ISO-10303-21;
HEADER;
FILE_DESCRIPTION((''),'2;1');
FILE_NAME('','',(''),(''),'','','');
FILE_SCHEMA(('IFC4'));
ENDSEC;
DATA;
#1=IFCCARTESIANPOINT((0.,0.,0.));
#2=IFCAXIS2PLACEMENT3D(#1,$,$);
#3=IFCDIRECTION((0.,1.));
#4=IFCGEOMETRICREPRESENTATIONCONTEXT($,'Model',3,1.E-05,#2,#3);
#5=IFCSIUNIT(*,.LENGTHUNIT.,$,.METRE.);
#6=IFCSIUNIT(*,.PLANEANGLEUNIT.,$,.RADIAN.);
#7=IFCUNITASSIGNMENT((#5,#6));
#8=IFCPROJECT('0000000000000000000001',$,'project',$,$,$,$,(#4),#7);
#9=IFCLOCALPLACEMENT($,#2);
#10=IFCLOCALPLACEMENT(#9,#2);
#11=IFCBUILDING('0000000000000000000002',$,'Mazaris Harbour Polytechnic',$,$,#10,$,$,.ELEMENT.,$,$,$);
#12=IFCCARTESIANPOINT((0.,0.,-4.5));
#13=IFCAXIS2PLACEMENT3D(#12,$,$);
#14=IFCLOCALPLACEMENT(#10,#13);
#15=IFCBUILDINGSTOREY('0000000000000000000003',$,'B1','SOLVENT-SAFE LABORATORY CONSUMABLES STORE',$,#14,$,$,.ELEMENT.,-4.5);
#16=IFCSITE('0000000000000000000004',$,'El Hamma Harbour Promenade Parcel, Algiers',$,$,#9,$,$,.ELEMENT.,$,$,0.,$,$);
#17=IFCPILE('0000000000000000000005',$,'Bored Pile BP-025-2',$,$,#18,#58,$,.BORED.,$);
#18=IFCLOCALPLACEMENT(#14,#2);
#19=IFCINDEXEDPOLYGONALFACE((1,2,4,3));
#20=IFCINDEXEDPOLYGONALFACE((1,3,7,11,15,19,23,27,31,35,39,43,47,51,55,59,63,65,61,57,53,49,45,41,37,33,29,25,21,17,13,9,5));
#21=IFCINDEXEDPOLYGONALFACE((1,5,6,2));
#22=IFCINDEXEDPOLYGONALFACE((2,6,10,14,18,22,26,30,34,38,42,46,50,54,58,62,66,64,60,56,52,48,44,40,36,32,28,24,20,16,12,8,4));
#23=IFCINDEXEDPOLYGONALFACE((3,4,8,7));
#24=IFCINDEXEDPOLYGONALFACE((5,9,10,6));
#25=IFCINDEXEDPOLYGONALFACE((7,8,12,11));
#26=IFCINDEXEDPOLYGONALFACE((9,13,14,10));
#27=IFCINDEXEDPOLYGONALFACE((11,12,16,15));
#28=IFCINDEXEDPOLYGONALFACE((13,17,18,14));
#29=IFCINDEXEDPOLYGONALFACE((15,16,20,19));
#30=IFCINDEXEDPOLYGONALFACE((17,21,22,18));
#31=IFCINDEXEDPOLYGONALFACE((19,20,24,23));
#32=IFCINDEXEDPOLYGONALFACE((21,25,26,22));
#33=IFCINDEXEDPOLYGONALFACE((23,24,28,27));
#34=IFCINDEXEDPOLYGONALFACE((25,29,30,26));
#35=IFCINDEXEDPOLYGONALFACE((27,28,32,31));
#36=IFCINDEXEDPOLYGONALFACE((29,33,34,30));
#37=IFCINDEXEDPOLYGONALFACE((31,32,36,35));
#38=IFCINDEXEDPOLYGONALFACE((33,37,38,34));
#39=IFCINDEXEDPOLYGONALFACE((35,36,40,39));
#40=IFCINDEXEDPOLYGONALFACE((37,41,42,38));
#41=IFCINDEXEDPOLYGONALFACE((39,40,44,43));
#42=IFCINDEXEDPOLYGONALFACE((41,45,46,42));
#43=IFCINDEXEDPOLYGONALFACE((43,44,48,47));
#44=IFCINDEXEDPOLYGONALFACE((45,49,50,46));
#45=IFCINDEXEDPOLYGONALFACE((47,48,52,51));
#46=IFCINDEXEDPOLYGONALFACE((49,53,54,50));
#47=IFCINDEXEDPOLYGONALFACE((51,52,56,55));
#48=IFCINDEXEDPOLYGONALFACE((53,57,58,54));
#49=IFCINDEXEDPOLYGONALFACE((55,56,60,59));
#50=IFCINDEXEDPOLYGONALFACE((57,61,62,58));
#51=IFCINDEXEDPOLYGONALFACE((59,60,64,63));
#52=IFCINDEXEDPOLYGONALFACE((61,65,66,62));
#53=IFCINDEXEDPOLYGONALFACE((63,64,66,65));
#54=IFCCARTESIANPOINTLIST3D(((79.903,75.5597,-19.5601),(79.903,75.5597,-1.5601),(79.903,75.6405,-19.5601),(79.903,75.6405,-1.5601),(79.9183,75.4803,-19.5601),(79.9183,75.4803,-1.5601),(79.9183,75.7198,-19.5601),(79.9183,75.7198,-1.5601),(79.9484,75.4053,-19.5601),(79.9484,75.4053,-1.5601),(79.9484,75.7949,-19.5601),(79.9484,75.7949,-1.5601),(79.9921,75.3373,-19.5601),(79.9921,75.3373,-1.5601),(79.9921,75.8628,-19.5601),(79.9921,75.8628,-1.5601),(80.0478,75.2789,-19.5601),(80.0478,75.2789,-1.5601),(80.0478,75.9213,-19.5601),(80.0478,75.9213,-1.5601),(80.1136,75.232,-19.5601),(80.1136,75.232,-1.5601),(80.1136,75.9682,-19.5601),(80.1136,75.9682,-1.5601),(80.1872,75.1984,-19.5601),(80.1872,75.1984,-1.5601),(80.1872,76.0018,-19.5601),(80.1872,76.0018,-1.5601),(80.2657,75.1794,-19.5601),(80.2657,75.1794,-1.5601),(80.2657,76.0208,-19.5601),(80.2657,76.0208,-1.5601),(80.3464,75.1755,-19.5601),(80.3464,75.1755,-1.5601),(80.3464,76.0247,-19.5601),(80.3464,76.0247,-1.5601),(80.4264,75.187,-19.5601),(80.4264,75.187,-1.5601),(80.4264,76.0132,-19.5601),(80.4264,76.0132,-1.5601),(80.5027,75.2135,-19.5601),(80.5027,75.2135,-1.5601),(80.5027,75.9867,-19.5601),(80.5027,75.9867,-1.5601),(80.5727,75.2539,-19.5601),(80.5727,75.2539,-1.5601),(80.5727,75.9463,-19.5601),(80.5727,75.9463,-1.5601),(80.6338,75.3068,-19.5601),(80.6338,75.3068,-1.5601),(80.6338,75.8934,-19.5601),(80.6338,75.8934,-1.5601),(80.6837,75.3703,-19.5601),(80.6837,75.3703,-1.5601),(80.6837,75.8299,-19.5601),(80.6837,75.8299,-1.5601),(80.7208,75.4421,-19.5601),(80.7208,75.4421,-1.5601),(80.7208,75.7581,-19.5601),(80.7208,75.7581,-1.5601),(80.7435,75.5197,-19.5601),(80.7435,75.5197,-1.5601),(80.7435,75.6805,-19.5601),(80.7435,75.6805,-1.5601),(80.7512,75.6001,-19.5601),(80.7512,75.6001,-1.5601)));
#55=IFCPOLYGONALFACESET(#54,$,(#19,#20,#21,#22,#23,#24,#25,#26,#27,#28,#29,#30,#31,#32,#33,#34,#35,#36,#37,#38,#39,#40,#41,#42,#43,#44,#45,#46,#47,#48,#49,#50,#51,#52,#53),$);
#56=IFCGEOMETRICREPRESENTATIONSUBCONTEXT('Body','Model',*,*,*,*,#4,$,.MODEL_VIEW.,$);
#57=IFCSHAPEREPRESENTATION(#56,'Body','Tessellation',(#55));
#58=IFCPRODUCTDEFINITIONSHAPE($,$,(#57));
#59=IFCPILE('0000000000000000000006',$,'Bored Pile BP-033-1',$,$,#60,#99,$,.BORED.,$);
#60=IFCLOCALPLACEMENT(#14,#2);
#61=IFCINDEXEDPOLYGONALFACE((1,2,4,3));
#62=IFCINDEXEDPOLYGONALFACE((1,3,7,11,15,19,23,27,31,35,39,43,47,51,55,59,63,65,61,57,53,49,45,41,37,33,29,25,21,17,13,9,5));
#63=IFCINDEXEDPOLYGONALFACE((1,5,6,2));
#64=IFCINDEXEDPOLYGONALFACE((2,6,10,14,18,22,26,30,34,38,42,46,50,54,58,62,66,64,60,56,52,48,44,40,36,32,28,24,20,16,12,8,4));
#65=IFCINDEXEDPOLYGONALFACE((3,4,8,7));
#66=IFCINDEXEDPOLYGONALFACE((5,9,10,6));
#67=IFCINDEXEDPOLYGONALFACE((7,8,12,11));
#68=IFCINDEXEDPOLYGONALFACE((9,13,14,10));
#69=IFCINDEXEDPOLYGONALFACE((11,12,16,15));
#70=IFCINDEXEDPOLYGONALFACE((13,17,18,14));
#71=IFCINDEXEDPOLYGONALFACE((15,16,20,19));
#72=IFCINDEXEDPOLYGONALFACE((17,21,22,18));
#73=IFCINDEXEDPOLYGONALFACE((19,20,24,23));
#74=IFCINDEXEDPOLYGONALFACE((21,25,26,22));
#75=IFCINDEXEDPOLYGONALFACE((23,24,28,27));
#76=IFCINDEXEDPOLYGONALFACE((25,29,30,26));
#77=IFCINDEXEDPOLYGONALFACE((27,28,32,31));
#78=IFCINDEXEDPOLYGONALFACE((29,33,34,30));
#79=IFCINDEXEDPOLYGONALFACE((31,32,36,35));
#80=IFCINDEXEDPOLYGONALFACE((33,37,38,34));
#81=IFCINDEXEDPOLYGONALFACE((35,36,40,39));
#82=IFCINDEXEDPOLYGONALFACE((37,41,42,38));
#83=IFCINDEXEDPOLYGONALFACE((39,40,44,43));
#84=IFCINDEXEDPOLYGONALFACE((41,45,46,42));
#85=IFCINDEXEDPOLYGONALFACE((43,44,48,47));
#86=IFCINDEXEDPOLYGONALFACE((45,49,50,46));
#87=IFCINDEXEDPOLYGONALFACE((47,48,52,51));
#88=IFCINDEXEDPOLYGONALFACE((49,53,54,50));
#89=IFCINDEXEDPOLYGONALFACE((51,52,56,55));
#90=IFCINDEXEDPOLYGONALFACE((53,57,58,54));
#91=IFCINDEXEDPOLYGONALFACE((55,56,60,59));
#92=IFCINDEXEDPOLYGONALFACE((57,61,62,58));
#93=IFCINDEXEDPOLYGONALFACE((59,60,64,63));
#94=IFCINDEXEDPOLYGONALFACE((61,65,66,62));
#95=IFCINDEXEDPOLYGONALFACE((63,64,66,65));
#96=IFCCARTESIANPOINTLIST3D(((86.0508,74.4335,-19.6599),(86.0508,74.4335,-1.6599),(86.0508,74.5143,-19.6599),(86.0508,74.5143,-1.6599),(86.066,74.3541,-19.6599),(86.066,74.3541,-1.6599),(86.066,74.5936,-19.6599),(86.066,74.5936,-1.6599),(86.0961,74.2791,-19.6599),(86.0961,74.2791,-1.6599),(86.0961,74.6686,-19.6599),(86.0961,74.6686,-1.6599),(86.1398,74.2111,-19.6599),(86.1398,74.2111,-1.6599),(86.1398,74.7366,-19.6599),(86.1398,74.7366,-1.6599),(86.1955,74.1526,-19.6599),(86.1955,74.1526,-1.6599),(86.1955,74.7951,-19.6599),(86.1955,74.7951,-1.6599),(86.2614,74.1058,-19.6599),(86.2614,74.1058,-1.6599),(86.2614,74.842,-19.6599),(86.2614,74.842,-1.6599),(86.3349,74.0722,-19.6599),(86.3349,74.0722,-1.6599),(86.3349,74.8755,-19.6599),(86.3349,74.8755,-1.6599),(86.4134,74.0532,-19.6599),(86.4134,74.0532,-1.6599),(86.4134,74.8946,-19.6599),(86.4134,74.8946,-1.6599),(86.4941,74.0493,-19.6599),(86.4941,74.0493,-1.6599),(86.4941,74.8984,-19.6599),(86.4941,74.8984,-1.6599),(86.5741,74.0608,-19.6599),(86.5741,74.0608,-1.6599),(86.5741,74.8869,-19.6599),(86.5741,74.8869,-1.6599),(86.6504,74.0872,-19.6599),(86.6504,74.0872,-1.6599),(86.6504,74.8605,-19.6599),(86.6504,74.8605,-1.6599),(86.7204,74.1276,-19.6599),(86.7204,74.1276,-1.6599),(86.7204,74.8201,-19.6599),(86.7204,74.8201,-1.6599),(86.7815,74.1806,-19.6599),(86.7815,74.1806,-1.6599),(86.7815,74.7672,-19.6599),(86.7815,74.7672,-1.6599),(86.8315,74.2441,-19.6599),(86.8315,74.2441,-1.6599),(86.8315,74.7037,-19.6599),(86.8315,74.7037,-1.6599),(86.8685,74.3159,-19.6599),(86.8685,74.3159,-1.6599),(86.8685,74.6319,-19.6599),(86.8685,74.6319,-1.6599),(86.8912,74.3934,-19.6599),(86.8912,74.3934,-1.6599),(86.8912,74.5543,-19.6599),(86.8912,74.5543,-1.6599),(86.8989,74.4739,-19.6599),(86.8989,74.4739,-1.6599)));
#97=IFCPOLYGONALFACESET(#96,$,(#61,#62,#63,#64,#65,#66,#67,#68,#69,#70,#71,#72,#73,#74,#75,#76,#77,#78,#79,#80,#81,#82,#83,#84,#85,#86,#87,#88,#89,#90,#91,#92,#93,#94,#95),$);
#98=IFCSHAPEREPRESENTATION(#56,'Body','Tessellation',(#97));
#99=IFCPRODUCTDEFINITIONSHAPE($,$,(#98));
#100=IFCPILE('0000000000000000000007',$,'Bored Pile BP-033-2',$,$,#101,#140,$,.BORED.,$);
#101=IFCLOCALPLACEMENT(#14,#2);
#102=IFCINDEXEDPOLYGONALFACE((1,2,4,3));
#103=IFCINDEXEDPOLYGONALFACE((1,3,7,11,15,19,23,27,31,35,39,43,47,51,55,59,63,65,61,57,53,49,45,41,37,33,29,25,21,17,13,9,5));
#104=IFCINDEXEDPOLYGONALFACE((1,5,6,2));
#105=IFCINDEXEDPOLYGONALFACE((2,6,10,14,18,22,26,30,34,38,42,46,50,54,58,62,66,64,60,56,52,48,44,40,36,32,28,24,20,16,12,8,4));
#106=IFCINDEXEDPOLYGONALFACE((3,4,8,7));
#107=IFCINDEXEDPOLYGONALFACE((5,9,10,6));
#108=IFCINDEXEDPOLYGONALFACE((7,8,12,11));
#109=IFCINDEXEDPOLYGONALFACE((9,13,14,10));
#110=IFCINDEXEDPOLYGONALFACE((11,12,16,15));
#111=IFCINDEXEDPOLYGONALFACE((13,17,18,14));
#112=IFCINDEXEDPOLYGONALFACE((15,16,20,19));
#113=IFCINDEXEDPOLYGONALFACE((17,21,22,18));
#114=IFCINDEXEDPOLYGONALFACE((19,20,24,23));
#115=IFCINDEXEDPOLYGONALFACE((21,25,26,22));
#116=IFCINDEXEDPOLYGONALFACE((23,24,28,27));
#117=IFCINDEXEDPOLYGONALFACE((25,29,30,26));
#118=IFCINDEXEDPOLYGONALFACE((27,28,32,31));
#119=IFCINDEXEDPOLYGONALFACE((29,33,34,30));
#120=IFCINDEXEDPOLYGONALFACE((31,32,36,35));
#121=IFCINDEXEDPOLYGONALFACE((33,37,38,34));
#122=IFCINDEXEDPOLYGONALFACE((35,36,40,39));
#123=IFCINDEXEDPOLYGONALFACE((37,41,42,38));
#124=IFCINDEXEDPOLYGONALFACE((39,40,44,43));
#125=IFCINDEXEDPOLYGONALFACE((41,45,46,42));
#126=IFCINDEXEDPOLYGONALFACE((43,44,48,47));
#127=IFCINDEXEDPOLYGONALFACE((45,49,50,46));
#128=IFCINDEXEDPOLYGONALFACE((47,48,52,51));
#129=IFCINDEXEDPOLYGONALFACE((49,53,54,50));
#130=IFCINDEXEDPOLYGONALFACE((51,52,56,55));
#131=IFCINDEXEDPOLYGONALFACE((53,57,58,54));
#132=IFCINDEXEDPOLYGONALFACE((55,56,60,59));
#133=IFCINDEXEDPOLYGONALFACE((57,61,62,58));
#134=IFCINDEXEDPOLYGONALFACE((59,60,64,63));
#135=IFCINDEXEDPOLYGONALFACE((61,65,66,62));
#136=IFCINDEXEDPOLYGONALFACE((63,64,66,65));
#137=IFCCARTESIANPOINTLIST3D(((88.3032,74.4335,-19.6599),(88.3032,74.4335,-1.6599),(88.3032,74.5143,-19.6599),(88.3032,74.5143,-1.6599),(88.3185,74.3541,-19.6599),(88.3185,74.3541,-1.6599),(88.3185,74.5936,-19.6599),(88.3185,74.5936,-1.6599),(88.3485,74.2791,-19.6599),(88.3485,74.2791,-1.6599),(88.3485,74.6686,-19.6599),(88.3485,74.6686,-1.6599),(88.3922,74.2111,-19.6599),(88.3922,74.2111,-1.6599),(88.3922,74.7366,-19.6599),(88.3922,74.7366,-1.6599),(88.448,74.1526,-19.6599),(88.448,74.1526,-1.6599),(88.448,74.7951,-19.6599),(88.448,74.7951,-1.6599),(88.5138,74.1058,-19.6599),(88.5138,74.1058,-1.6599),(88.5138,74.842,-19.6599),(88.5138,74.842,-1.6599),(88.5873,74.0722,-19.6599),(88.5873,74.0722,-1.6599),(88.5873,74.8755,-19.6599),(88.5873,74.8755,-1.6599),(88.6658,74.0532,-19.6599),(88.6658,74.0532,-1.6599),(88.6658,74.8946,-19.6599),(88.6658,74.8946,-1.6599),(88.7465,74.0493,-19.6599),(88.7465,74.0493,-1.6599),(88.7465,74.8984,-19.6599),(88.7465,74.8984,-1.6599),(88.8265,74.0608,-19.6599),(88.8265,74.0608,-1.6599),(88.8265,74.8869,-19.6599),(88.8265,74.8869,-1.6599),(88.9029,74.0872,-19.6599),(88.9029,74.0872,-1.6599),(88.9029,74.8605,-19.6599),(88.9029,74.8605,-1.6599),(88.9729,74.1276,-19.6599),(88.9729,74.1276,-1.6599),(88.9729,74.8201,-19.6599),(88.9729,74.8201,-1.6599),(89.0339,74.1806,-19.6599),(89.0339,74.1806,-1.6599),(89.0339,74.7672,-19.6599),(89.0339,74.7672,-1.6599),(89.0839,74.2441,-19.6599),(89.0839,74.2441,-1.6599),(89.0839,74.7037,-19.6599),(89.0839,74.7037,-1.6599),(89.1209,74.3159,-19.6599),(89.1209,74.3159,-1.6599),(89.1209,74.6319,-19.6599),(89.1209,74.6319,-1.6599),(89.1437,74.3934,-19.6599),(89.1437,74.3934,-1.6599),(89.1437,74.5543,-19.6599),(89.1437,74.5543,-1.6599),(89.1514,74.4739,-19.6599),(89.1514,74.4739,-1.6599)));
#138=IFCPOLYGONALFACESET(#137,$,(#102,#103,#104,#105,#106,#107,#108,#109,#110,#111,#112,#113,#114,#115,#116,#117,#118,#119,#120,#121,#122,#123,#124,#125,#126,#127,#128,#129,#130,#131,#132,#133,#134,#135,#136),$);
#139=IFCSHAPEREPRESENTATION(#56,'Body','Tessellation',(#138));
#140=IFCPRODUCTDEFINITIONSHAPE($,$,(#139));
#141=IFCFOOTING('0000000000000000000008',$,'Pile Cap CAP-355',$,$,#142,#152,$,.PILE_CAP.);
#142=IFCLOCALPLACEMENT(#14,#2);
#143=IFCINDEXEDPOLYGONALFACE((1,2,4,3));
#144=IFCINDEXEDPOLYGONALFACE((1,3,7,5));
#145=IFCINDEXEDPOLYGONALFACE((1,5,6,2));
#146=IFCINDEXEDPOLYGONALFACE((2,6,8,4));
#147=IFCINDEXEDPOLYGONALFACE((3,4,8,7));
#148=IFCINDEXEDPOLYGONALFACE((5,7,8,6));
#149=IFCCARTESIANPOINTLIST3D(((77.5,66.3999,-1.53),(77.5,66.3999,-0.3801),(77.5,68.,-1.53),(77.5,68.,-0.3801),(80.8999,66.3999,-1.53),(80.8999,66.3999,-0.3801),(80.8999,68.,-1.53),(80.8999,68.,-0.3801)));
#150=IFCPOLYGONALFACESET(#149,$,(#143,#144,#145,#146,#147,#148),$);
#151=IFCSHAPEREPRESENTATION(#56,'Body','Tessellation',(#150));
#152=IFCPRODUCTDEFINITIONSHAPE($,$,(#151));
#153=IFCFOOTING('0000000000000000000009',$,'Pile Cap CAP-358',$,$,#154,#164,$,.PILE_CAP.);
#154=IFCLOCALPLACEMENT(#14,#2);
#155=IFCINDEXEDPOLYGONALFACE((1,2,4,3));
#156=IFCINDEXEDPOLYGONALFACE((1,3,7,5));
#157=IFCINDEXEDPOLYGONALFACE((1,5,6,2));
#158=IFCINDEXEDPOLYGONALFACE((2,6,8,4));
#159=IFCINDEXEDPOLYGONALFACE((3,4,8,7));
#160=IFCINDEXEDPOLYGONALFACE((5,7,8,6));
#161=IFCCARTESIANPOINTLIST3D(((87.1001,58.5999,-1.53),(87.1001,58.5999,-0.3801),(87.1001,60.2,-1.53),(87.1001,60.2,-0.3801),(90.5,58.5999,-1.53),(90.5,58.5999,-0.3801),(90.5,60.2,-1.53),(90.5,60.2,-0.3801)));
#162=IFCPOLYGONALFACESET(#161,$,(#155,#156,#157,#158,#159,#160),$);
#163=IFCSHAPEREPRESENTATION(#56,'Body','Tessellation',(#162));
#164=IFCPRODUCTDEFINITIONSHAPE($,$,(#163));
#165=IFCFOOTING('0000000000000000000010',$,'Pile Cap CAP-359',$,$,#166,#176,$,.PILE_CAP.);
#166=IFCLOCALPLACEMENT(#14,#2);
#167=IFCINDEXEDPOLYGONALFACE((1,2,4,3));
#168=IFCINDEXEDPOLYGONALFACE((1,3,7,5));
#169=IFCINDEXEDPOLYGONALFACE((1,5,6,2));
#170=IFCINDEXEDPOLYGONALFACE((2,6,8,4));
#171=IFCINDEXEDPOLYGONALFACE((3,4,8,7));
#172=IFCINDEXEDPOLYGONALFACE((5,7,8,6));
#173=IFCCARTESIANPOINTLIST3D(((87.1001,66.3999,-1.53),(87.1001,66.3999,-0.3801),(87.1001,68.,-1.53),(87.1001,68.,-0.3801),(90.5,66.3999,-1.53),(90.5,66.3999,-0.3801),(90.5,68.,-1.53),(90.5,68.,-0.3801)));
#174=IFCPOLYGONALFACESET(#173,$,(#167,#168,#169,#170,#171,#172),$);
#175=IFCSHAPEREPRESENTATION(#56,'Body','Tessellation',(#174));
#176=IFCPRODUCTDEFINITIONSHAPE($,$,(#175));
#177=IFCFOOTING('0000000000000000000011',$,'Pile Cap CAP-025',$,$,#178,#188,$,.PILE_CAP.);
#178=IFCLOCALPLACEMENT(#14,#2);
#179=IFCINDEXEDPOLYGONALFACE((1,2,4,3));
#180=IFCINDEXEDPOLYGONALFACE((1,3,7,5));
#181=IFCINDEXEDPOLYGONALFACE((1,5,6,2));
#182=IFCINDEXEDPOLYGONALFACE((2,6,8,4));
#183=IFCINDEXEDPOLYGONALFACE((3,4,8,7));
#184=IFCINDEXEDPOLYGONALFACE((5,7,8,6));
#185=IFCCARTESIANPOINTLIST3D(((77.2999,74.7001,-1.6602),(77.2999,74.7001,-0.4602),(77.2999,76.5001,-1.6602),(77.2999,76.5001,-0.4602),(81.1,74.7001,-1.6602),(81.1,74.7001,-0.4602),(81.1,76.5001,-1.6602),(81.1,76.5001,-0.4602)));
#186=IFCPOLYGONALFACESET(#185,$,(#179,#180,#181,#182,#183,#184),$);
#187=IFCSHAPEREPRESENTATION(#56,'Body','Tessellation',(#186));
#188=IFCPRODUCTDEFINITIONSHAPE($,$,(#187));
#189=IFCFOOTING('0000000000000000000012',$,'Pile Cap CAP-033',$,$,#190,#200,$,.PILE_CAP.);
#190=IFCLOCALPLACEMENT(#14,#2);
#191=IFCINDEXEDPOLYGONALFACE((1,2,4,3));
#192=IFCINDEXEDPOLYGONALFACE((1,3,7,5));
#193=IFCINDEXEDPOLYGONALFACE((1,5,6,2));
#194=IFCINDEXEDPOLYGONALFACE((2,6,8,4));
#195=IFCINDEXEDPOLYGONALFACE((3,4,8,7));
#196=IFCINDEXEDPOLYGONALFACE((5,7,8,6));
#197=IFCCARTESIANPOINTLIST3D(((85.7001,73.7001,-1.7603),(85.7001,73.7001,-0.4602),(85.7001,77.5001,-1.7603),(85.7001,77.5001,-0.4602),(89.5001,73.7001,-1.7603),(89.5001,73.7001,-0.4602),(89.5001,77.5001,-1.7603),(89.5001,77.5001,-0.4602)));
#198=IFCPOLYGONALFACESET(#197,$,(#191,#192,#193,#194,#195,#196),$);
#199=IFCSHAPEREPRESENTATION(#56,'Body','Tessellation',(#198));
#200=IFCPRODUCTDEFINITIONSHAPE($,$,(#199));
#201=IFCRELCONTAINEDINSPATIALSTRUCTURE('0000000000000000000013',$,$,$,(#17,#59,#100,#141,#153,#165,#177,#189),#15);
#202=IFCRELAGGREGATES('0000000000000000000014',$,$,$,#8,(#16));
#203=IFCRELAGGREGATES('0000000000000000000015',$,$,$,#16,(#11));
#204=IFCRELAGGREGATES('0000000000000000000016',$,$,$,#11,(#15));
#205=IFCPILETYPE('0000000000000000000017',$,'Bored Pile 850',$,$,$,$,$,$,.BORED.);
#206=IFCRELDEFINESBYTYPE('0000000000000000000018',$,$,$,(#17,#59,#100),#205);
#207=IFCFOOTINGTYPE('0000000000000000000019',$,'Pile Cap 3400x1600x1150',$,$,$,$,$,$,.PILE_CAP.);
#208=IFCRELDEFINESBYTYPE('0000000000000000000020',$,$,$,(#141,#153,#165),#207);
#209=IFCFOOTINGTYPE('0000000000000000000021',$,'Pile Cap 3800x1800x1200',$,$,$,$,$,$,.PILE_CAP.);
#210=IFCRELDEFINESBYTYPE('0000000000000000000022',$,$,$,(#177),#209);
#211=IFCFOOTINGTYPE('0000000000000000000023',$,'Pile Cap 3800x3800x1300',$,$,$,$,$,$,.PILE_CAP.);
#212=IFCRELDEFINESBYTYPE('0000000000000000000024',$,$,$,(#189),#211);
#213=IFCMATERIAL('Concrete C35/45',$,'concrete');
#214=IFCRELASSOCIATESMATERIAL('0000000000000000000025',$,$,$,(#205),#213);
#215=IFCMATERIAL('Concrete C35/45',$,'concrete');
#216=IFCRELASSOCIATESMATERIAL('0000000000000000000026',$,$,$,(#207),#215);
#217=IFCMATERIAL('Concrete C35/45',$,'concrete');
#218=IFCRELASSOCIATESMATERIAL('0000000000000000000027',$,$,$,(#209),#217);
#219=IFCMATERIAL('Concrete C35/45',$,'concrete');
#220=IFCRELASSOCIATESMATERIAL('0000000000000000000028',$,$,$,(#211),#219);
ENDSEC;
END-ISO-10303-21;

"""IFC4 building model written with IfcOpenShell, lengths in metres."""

from ifc_helpers import new_model, si_unit, direction, frame, origin, origin_2d, place, context, subcontext, project, spatial, rectangle, circle, extrude, material, material_profile, profile_set, type_object, element, save


model = new_model("IFC4")

# Units and contexts
model_context = context("Model", 3, precision=1e-05, world=origin(), true_north=direction((0.0, 1.0)))
body_context = subcontext(model_context, "Body", "Model", "MODEL_VIEW")
ifc_project = project(units=[si_unit("LENGTHUNIT", "METRE"), si_unit("PLANEANGLEUNIT", "RADIAN")], contexts=[model_context])

# Site, building, storey
site_placement = place(None, origin())
site = spatial("IfcSite", under=ifc_project, at=site_placement, Name="El Hamma Harbour Promenade Parcel, Algiers", CompositionType="ELEMENT", RefElevation=0.0)
building_placement = place(site_placement, origin())
building = spatial("IfcBuilding", under=site, at=building_placement, Name="Mazaris Harbour Polytechnic", CompositionType="ELEMENT")
storey_placement = place(building_placement, frame((0.0, 0.0, -4.5)))
storey = spatial("IfcBuildingStorey", under=building, at=storey_placement, Name="B1", Description="SOLVENT-SAFE LABORATORY CONSUMABLES STORE", CompositionType="ELEMENT", Elevation=-4.5)

# Piles
ifc_material_1 = material(Name="Concrete C35/45", Category="concrete")
ifc_material_profile_1 = material_profile(ifc_material_1, circle(Radius=0.425, at=origin_2d()), Name="DIA850")
ifc_profile_set_1 = profile_set([ifc_material_profile_1], Name="Concrete C35/45")
pile_type_1 = type_object("IfcPileType", Name="Bored Pile 850", PredefinedType="BORED", material=ifc_profile_set_1)
for number, where, z_axis, x_axis, name in (
    (1, (80.3262, 75.6001, -1.5601), (0.0, 0.0, -1.0), (1.0, 0.0, 0.0), "Bored Pile BP-025-2"),
    (2, (86.4739, 74.4739, -1.6599), (0.0, 0.0, -1.0), (1.0, 0.0, 0.0), "Bored Pile BP-033-1"),
    (3, (88.7263, 74.4739, -1.6599), (0.0, 0.0, -1.0), (1.0, 0.0, 0.0), "Bored Pile BP-033-2"),
):
    element("IfcPile", number, at=place(storey_placement, frame(where, z_axis=z_axis, x_axis=x_axis)), inside=storey, type_object=pile_type_1, Name=name, PredefinedType="BORED", context=body_context, shape_type="SweptSolid", body=[
        extrude(circle(Radius=0.425, at=origin_2d()), origin(), (0.0, 0.0, 1.0), 18.0),
    ])

# Footings
ifc_material_2 = material(Name="Concrete C35/45", Category="concrete")
footing_type_1 = type_object("IfcFootingType", Name="Pile Cap 3400x1600x1150", PredefinedType="PILE_CAP", material=ifc_material_2)
for number, where, z_axis, x_axis, name in (
    (4, (79.2, 67.2, -1.53), (0.0, 0.0, 1.0), (1.0, 0.0, 0.0), "Pile Cap CAP-355"),
    (5, (88.8, 59.3999, -1.53), (0.0, 0.0, 1.0), (1.0, 0.0, 0.0), "Pile Cap CAP-358"),
    (6, (88.8, 67.2, -1.53), (0.0, 0.0, 1.0), (1.0, 0.0, 0.0), "Pile Cap CAP-359"),
):
    element("IfcFooting", number, at=place(storey_placement, frame(where, z_axis=z_axis, x_axis=x_axis)), inside=storey, type_object=footing_type_1, Name=name, PredefinedType="PILE_CAP", context=body_context, shape_type="SweptSolid", body=[
        extrude(rectangle(XDim=3.3999, YDim=1.6001, at=origin_2d()), origin(), (0.0, 0.0, 1.0), 1.1499),
    ])
ifc_material_3 = material(Name="Concrete C35/45", Category="concrete")
footing_type_2 = type_object("IfcFootingType", Name="Pile Cap 3800x1800x1200", PredefinedType="PILE_CAP", material=ifc_material_3)
footing_1_placement = place(storey_placement, frame((79.2, 75.6001, -1.6602), z_axis=(0.0, 0.0, 1.0), x_axis=(1.0, 0.0, 0.0)))
element("IfcFooting", 7, at=footing_1_placement, inside=storey, type_object=footing_type_2, Name="Pile Cap CAP-025", PredefinedType="PILE_CAP", context=body_context, shape_type="SweptSolid", body=[
    extrude(rectangle(XDim=3.8, YDim=1.8, at=origin_2d()), origin(), (0.0, 0.0, 1.0), 1.2),
])
ifc_material_4 = material(Name="Concrete C35/45", Category="concrete")
footing_type_3 = type_object("IfcFootingType", Name="Pile Cap 3800x3800x1300", PredefinedType="PILE_CAP", material=ifc_material_4)
footing_2_placement = place(storey_placement, frame((87.6001, 75.6001, -1.7603), z_axis=(0.0, 0.0, 1.0), x_axis=(1.0, 0.0, 0.0)))
element("IfcFooting", 8, at=footing_2_placement, inside=storey, type_object=footing_type_3, Name="Pile Cap CAP-033", PredefinedType="PILE_CAP", context=body_context, shape_type="SweptSolid", body=[
    extrude(rectangle(XDim=3.8, YDim=3.8, at=origin_2d()), origin(), (0.0, 0.0, 1.0), 1.3),
])

save(model, "model.ifc")
